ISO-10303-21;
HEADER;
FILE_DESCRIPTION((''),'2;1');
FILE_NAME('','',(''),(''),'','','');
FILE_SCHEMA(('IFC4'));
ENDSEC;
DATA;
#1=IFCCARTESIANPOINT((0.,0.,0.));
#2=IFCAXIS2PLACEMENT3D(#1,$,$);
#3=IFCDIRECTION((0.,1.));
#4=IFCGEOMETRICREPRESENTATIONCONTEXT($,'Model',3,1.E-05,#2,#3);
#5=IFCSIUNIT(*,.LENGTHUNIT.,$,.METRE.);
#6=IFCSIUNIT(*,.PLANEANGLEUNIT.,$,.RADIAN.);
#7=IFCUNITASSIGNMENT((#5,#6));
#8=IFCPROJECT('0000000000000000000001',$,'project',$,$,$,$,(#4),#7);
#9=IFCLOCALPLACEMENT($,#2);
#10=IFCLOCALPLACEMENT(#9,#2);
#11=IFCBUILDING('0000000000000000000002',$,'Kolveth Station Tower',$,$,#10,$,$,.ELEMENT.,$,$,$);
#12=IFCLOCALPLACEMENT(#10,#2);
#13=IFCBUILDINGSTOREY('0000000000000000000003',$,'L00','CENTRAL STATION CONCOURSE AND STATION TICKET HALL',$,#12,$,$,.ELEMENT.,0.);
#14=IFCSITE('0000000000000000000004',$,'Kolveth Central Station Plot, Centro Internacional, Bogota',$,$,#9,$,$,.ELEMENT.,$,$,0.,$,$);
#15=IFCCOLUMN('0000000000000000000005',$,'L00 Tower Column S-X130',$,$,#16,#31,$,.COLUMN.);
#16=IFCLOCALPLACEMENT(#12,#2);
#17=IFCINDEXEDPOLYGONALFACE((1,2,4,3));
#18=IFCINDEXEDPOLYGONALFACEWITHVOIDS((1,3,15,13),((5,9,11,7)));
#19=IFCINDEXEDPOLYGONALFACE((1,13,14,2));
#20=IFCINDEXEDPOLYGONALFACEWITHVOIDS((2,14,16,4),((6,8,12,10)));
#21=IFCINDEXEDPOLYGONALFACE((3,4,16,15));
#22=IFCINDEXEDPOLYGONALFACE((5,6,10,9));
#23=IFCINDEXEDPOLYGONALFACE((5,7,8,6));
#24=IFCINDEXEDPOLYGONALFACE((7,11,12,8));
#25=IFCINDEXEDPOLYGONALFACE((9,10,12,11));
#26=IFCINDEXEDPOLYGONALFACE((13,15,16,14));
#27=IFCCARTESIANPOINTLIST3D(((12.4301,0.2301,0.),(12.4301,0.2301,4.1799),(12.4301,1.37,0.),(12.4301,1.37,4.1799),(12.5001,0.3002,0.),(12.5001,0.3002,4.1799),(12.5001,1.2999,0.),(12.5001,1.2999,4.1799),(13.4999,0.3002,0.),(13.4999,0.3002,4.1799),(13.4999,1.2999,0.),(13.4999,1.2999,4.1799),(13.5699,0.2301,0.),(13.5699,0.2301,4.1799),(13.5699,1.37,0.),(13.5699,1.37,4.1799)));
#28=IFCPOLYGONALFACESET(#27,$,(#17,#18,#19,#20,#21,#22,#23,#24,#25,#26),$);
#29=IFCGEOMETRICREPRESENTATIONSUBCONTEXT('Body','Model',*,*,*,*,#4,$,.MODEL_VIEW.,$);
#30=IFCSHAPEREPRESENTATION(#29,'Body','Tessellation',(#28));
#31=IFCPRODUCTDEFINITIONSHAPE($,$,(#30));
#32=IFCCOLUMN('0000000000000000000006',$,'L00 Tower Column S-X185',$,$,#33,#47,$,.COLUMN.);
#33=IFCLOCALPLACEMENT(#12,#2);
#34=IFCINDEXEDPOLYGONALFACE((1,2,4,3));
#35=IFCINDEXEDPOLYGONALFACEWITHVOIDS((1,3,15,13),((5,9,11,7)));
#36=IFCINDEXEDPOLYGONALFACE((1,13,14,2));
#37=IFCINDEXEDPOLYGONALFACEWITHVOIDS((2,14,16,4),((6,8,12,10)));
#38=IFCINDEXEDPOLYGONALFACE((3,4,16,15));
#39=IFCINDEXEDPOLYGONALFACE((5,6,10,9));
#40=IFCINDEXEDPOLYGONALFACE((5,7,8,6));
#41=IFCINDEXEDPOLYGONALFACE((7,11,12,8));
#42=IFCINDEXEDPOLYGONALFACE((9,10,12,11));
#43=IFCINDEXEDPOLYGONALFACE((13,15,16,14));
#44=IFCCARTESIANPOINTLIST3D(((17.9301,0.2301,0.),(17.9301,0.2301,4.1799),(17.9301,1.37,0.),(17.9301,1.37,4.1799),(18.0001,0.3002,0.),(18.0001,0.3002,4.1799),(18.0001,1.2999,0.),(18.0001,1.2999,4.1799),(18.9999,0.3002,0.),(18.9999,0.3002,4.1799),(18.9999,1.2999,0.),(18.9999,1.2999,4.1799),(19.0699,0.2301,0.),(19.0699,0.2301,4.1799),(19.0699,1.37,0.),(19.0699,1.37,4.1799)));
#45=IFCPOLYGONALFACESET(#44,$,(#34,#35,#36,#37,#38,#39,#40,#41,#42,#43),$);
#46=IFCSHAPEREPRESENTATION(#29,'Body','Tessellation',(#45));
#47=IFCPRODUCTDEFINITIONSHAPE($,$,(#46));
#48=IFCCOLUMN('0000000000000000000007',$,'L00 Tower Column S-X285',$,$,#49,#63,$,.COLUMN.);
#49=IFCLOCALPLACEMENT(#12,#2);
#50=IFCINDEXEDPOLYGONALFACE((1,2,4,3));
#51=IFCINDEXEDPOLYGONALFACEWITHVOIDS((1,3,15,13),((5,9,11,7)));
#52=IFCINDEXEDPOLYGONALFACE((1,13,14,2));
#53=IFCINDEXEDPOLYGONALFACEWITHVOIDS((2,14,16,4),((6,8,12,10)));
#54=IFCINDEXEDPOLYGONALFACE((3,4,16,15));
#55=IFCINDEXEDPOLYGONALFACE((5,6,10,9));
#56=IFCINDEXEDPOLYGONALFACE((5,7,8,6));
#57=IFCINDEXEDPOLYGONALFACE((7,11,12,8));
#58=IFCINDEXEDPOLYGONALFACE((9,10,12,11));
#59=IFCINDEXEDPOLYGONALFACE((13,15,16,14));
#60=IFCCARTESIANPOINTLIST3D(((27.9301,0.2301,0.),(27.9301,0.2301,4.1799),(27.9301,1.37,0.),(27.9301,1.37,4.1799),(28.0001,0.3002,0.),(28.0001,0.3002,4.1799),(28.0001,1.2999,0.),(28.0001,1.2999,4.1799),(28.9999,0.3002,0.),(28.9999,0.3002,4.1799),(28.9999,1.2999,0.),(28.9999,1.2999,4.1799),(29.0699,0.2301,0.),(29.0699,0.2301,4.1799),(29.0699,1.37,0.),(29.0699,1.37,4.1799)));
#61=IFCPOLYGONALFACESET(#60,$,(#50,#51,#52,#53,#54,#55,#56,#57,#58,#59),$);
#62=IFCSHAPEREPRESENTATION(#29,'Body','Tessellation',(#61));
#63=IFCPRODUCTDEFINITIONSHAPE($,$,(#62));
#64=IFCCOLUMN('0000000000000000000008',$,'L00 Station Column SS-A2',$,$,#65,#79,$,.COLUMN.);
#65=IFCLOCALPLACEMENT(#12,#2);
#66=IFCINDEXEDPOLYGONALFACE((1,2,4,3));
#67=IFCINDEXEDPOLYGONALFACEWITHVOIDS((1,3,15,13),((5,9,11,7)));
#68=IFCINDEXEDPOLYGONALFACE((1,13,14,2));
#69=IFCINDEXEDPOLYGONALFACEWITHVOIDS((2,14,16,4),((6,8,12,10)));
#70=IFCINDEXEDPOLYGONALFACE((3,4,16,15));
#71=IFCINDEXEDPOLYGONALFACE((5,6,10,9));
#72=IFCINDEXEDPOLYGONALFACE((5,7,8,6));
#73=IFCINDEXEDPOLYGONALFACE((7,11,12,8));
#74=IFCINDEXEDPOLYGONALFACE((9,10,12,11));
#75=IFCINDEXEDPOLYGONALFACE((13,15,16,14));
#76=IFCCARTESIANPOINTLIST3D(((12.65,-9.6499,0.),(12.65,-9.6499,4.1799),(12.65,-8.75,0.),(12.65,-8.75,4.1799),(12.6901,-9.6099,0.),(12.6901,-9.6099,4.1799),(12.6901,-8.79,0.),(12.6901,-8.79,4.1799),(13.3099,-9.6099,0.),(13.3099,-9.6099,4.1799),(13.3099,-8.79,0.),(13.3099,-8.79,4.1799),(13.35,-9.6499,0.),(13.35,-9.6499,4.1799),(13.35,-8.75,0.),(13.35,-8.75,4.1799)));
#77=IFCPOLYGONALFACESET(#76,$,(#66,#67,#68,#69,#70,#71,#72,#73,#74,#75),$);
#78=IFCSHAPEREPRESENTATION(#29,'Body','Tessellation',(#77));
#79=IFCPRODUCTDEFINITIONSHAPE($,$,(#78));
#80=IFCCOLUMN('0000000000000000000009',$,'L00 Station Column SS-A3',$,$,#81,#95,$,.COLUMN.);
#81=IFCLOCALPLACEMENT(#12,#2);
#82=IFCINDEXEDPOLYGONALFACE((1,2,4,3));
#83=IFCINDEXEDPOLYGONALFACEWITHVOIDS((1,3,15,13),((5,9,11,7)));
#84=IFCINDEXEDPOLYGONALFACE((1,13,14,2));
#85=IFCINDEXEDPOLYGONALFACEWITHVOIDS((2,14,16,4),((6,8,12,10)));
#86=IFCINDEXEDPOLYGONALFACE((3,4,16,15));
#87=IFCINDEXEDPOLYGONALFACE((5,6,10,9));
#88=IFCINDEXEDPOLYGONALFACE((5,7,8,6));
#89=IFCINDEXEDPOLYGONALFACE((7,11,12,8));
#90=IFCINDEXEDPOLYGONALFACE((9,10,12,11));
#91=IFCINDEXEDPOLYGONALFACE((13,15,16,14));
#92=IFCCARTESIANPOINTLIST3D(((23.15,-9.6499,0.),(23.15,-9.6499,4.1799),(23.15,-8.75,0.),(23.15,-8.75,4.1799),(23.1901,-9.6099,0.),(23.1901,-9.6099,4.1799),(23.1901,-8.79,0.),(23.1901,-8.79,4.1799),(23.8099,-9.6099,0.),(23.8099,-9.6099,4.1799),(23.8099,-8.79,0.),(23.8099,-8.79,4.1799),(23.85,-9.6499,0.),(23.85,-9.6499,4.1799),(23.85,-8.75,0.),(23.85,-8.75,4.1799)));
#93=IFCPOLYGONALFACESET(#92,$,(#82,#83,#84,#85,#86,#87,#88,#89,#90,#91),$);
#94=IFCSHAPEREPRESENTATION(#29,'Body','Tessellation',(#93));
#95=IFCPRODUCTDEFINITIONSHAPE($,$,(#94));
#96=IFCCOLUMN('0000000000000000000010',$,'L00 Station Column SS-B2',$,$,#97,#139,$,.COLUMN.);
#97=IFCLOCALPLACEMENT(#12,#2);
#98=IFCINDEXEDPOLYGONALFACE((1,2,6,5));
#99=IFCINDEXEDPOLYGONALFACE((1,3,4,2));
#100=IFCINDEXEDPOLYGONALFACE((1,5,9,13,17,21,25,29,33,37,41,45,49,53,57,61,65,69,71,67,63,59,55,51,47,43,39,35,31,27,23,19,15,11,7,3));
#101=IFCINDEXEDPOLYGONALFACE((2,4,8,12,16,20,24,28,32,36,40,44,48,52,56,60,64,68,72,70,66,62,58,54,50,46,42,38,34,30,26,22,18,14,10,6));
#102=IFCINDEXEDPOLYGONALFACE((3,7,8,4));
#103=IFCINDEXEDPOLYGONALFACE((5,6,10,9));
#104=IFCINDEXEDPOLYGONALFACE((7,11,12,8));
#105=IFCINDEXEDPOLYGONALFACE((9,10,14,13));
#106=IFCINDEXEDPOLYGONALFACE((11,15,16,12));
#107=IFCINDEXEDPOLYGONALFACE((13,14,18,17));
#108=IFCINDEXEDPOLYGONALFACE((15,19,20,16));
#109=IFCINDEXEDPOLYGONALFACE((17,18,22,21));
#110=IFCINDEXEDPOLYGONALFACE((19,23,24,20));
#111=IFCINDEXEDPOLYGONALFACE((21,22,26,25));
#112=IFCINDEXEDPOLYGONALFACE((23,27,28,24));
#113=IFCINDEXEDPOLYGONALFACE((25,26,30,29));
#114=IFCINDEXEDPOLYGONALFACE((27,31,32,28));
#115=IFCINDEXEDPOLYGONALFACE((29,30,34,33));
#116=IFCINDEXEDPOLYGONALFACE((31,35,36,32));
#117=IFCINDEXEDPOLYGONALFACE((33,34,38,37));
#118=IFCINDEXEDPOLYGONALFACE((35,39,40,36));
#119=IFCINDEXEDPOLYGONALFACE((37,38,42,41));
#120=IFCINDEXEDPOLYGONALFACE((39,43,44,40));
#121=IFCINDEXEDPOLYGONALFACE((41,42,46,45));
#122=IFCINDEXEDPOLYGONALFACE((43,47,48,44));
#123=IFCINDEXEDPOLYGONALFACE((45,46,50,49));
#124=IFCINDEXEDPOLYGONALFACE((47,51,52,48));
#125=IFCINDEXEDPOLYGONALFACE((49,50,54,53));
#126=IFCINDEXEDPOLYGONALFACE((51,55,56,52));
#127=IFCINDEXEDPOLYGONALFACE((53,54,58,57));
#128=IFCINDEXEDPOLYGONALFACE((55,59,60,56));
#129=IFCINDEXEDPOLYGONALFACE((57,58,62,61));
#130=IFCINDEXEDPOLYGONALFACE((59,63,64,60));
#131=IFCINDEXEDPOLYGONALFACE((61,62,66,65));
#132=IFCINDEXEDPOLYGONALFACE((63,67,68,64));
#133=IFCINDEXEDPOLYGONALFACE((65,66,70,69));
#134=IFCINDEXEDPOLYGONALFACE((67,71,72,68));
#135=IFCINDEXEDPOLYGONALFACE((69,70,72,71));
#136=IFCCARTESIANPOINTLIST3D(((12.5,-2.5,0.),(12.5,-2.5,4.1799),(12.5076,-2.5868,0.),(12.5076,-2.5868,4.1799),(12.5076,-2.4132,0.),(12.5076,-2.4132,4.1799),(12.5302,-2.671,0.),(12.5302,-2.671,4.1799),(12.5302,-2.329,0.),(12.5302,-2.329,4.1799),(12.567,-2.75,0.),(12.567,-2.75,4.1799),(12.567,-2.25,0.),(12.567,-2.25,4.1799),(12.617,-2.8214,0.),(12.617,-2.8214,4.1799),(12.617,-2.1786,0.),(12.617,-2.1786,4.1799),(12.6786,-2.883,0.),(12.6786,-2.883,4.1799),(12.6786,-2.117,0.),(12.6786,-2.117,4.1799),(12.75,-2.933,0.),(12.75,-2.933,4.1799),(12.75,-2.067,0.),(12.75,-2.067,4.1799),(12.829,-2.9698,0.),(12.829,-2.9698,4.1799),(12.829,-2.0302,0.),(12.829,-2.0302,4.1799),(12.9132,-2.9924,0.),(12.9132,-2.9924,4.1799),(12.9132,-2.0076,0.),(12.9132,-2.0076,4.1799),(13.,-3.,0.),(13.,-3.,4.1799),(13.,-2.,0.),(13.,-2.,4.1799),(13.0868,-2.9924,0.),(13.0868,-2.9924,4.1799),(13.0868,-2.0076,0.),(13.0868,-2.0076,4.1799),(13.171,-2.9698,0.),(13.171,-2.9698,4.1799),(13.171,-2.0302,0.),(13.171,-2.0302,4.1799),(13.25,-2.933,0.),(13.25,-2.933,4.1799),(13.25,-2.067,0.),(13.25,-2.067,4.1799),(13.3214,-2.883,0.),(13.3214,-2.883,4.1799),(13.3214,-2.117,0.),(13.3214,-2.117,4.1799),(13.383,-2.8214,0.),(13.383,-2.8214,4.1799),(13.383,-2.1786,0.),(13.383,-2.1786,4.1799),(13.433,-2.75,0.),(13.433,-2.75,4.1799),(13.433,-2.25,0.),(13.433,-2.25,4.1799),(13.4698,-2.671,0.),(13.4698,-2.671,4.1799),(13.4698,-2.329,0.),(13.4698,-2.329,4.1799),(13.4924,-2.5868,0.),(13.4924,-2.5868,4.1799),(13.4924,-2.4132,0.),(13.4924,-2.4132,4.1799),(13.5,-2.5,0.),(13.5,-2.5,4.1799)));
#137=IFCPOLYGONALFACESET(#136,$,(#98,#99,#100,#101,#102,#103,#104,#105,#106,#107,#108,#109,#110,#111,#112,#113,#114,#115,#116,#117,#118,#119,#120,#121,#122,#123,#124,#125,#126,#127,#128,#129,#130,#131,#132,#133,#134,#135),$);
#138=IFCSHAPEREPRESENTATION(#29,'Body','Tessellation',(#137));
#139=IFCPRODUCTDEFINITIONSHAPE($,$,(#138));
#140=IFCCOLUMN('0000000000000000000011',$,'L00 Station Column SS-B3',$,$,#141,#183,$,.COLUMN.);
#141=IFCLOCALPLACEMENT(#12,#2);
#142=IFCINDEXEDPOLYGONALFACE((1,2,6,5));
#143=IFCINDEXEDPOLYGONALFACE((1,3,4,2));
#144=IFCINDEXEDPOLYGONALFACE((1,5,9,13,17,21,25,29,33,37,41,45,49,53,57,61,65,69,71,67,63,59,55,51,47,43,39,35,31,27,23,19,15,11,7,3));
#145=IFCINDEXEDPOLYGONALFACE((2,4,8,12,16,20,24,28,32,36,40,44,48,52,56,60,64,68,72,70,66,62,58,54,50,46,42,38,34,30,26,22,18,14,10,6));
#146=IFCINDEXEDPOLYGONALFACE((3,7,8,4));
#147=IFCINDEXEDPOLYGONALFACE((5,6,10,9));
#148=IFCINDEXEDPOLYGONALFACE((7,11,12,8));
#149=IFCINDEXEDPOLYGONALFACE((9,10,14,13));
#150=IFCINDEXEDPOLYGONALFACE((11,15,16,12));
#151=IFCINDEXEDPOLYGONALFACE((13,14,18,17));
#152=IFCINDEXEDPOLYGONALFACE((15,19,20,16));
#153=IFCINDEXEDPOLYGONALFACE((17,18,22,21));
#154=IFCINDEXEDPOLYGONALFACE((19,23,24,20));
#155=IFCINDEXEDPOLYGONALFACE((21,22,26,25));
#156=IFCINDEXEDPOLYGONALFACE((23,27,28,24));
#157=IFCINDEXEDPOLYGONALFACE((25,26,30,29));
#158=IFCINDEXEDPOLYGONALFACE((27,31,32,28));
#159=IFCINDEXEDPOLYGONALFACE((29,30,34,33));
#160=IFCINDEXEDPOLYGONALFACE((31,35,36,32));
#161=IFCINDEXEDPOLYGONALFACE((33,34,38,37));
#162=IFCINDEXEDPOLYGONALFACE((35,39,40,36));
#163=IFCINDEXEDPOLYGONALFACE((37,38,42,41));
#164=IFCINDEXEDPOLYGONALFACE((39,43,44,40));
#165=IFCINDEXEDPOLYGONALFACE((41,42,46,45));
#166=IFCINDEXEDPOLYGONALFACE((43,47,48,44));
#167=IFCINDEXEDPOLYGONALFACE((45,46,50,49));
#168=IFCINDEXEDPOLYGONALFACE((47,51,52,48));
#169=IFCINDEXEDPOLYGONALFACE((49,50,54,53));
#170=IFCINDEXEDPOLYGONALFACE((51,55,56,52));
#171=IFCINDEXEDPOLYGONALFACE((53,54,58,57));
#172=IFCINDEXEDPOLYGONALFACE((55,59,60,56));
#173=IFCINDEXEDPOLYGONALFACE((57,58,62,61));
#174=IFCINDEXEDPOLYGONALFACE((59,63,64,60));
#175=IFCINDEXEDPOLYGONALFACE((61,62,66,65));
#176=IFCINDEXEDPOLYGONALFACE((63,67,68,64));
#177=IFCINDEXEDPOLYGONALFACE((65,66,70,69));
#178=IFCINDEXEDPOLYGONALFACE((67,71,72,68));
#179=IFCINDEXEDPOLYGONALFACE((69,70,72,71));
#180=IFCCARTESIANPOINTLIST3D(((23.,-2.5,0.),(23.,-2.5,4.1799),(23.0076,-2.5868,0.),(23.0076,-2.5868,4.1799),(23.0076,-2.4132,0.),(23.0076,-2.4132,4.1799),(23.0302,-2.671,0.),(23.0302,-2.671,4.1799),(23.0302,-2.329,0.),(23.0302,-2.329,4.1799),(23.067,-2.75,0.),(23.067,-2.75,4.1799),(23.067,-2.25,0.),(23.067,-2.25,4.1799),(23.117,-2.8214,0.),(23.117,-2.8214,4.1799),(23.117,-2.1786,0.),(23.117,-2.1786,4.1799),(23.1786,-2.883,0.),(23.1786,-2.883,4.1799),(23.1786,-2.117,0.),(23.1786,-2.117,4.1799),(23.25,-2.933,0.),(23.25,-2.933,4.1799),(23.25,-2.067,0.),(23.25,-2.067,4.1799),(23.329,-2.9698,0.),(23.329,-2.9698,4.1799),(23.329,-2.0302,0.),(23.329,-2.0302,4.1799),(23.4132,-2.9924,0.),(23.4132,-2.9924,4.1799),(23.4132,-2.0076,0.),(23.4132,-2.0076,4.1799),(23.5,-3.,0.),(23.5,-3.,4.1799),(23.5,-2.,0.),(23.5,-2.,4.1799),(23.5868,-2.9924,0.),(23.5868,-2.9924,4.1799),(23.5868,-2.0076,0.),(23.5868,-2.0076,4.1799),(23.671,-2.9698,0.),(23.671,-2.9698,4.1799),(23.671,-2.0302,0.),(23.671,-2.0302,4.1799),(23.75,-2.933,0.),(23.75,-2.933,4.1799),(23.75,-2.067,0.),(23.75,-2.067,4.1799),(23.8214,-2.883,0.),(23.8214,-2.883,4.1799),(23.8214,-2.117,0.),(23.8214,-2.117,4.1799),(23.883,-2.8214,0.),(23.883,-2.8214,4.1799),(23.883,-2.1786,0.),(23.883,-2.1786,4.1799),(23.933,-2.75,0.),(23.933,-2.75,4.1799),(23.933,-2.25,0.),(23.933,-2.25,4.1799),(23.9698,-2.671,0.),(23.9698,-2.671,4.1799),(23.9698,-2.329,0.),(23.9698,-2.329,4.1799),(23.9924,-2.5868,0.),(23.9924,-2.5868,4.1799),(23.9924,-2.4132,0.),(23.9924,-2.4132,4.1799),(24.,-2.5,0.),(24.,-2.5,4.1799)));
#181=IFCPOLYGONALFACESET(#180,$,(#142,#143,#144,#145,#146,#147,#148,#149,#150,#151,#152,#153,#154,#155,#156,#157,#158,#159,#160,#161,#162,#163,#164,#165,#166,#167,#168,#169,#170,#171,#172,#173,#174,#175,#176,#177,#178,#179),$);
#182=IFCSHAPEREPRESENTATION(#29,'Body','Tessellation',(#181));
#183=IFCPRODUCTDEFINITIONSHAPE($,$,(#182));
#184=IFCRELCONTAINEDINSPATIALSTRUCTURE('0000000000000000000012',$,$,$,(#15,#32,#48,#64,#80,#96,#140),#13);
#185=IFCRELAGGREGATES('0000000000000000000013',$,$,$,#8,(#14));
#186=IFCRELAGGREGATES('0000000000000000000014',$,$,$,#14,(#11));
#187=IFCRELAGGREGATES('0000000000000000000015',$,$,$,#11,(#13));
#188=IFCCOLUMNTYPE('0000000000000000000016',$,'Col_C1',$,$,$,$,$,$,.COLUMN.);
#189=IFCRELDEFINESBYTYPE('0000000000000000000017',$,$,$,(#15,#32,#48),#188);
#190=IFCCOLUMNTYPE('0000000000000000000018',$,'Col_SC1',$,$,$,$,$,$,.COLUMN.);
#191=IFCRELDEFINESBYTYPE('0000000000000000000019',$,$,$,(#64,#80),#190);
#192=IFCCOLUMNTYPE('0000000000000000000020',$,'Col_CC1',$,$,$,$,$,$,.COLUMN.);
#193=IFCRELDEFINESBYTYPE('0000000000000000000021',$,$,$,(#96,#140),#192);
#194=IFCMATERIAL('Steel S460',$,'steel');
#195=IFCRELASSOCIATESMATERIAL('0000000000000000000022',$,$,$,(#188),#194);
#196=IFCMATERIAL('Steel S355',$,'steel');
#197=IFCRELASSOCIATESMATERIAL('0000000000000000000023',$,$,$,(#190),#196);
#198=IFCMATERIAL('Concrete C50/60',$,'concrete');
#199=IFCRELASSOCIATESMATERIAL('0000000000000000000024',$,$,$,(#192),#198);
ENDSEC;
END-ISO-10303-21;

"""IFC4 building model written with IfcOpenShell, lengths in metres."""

from ifc_helpers import new_model, si_unit, direction, frame, origin, origin_2d, place, context, subcontext, project, spatial, hollow_rectangle, circle, extrude, source, transform, mapped, material, material_profile, profile_set, type_object, element, save


model = new_model("IFC4")

# Units and contexts
model_context = context("Model", 3, precision=1e-05, world=origin(), true_north=direction((0.0, 1.0)))
body_context = subcontext(model_context, "Body", "Model", "MODEL_VIEW")
ifc_project = project(units=[si_unit("LENGTHUNIT", "METRE"), si_unit("PLANEANGLEUNIT", "RADIAN")], contexts=[model_context])

# Site, building, storey
site_placement = place(None, origin())
site = spatial("IfcSite", under=ifc_project, at=site_placement, Name="Kolveth Central Station Plot, Centro Internacional, Bogota", CompositionType="ELEMENT", RefElevation=0.0)
building_placement = place(site_placement, origin())
building = spatial("IfcBuilding", under=site, at=building_placement, Name="Kolveth Station Tower", CompositionType="ELEMENT")
storey_placement = place(building_placement, origin())
storey = spatial("IfcBuildingStorey", under=building, at=storey_placement, Name="L00", Description="CENTRAL STATION CONCOURSE AND STATION TICKET HALL", CompositionType="ELEMENT", Elevation=0.0)

# Columns
ifc_material_1 = material(Name="Steel S460", Category="steel")
ifc_material_profile_1 = material_profile(ifc_material_1, hollow_rectangle(XDim=1.1399, YDim=1.1399, WallThickness=0.0701, at=origin_2d()), Name="BOX1140x1140x70")
ifc_profile_set_1 = profile_set([ifc_material_profile_1], Name="Steel S460")
column_type_1 = type_object("IfcColumnType", Name="Col_C1", PredefinedType="COLUMN", material=ifc_profile_set_1)
shared_shape_1 = source(origin(), body_context, "Body", "SweptSolid", [
    extrude(hollow_rectangle(XDim=1.1399, YDim=1.1399, WallThickness=0.0701, at=origin_2d()), origin(), (0.0, 0.0, 1.0), 4.1799),
])
for number, where, z_axis, x_axis, name in (
    (1, (13.0, 0.8, 0.0), (0.0, 0.0, 1.0), (1.0, 0.0, 0.0), "L00 Tower Column S-X130"),
    (2, (18.5, 0.8, 0.0), (0.0, 0.0, 1.0), (1.0, 0.0, 0.0), "L00 Tower Column S-X185"),
    (3, (28.5, 0.8, 0.0), (0.0, 0.0, 1.0), (1.0, 0.0, 0.0), "L00 Tower Column S-X285"),
):
    element("IfcColumn", number, at=place(storey_placement, frame(where, z_axis=z_axis, x_axis=x_axis)), inside=storey, type_object=column_type_1, Name=name, PredefinedType="COLUMN", context=body_context, shape_type="MappedRepresentation", body=[
        mapped(shared_shape_1, transform((0.0, 0.0, 0.0), x_axis=(1.0, 0.0, 0.0), y_axis=(0.0, 1.0, 0.0), z_axis=(0.0, 0.0, 1.0), scale=1.0)),
    ])
ifc_material_2 = material(Name="Steel S355", Category="steel")
ifc_material_profile_2 = material_profile(ifc_material_2, hollow_rectangle(XDim=0.7, YDim=0.8999, WallThickness=0.04, at=origin_2d()), Name="BOX900x700x40")
ifc_profile_set_2 = profile_set([ifc_material_profile_2], Name="Steel S355")
column_type_2 = type_object("IfcColumnType", Name="Col_SC1", PredefinedType="COLUMN", material=ifc_profile_set_2)
shared_shape_2 = source(origin(), body_context, "Body", "SweptSolid", [
    extrude(hollow_rectangle(XDim=0.7, YDim=0.8999, WallThickness=0.04, at=origin_2d()), origin(), (0.0, 0.0, 1.0), 4.1799),
])
for number, where, z_axis, x_axis, name in (
    (4, (13.0, -9.2, 0.0), (0.0, 0.0, 1.0), (1.0, 0.0, 0.0), "L00 Station Column SS-A2"),
    (5, (23.5, -9.2, 0.0), (0.0, 0.0, 1.0), (1.0, 0.0, 0.0), "L00 Station Column SS-A3"),
):
    element("IfcColumn", number, at=place(storey_placement, frame(where, z_axis=z_axis, x_axis=x_axis)), inside=storey, type_object=column_type_2, Name=name, PredefinedType="COLUMN", context=body_context, shape_type="MappedRepresentation", body=[
        mapped(shared_shape_2, transform((0.0, 0.0, 0.0), x_axis=(1.0, 0.0, 0.0), y_axis=(0.0, 1.0, 0.0), z_axis=(0.0, 0.0, 1.0), scale=1.0)),
    ])
ifc_material_3 = material(Name="Concrete C50/60", Category="concrete")
ifc_material_profile_3 = material_profile(ifc_material_3, circle(Radius=0.5, at=origin_2d()), Name="RC-D1000")
ifc_profile_set_3 = profile_set([ifc_material_profile_3], Name="Concrete C50/60")
column_type_3 = type_object("IfcColumnType", Name="Col_CC1", PredefinedType="COLUMN", material=ifc_profile_set_3)
shared_shape_3 = source(origin(), body_context, "Body", "SweptSolid", [
    extrude(circle(Radius=0.5, at=origin_2d()), origin(), (0.0, 0.0, 1.0), 4.1799),
])
for number, where, z_axis, x_axis, name in (
    (6, (13.0, -2.5, 0.0), (0.0, 0.0, 1.0), (1.0, 0.0, 0.0), "L00 Station Column SS-B2"),
    (7, (23.5, -2.5, 0.0), (0.0, 0.0, 1.0), (1.0, 0.0, 0.0), "L00 Station Column SS-B3"),
):
    element("IfcColumn", number, at=place(storey_placement, frame(where, z_axis=z_axis, x_axis=x_axis)), inside=storey, type_object=column_type_3, Name=name, PredefinedType="COLUMN", context=body_context, shape_type="MappedRepresentation", body=[
        mapped(shared_shape_3, transform((0.0, 0.0, 0.0), x_axis=(1.0, 0.0, 0.0), y_axis=(0.0, 1.0, 0.0), z_axis=(0.0, 0.0, 1.0), scale=1.0)),
    ])

save(model, "model.ifc")
